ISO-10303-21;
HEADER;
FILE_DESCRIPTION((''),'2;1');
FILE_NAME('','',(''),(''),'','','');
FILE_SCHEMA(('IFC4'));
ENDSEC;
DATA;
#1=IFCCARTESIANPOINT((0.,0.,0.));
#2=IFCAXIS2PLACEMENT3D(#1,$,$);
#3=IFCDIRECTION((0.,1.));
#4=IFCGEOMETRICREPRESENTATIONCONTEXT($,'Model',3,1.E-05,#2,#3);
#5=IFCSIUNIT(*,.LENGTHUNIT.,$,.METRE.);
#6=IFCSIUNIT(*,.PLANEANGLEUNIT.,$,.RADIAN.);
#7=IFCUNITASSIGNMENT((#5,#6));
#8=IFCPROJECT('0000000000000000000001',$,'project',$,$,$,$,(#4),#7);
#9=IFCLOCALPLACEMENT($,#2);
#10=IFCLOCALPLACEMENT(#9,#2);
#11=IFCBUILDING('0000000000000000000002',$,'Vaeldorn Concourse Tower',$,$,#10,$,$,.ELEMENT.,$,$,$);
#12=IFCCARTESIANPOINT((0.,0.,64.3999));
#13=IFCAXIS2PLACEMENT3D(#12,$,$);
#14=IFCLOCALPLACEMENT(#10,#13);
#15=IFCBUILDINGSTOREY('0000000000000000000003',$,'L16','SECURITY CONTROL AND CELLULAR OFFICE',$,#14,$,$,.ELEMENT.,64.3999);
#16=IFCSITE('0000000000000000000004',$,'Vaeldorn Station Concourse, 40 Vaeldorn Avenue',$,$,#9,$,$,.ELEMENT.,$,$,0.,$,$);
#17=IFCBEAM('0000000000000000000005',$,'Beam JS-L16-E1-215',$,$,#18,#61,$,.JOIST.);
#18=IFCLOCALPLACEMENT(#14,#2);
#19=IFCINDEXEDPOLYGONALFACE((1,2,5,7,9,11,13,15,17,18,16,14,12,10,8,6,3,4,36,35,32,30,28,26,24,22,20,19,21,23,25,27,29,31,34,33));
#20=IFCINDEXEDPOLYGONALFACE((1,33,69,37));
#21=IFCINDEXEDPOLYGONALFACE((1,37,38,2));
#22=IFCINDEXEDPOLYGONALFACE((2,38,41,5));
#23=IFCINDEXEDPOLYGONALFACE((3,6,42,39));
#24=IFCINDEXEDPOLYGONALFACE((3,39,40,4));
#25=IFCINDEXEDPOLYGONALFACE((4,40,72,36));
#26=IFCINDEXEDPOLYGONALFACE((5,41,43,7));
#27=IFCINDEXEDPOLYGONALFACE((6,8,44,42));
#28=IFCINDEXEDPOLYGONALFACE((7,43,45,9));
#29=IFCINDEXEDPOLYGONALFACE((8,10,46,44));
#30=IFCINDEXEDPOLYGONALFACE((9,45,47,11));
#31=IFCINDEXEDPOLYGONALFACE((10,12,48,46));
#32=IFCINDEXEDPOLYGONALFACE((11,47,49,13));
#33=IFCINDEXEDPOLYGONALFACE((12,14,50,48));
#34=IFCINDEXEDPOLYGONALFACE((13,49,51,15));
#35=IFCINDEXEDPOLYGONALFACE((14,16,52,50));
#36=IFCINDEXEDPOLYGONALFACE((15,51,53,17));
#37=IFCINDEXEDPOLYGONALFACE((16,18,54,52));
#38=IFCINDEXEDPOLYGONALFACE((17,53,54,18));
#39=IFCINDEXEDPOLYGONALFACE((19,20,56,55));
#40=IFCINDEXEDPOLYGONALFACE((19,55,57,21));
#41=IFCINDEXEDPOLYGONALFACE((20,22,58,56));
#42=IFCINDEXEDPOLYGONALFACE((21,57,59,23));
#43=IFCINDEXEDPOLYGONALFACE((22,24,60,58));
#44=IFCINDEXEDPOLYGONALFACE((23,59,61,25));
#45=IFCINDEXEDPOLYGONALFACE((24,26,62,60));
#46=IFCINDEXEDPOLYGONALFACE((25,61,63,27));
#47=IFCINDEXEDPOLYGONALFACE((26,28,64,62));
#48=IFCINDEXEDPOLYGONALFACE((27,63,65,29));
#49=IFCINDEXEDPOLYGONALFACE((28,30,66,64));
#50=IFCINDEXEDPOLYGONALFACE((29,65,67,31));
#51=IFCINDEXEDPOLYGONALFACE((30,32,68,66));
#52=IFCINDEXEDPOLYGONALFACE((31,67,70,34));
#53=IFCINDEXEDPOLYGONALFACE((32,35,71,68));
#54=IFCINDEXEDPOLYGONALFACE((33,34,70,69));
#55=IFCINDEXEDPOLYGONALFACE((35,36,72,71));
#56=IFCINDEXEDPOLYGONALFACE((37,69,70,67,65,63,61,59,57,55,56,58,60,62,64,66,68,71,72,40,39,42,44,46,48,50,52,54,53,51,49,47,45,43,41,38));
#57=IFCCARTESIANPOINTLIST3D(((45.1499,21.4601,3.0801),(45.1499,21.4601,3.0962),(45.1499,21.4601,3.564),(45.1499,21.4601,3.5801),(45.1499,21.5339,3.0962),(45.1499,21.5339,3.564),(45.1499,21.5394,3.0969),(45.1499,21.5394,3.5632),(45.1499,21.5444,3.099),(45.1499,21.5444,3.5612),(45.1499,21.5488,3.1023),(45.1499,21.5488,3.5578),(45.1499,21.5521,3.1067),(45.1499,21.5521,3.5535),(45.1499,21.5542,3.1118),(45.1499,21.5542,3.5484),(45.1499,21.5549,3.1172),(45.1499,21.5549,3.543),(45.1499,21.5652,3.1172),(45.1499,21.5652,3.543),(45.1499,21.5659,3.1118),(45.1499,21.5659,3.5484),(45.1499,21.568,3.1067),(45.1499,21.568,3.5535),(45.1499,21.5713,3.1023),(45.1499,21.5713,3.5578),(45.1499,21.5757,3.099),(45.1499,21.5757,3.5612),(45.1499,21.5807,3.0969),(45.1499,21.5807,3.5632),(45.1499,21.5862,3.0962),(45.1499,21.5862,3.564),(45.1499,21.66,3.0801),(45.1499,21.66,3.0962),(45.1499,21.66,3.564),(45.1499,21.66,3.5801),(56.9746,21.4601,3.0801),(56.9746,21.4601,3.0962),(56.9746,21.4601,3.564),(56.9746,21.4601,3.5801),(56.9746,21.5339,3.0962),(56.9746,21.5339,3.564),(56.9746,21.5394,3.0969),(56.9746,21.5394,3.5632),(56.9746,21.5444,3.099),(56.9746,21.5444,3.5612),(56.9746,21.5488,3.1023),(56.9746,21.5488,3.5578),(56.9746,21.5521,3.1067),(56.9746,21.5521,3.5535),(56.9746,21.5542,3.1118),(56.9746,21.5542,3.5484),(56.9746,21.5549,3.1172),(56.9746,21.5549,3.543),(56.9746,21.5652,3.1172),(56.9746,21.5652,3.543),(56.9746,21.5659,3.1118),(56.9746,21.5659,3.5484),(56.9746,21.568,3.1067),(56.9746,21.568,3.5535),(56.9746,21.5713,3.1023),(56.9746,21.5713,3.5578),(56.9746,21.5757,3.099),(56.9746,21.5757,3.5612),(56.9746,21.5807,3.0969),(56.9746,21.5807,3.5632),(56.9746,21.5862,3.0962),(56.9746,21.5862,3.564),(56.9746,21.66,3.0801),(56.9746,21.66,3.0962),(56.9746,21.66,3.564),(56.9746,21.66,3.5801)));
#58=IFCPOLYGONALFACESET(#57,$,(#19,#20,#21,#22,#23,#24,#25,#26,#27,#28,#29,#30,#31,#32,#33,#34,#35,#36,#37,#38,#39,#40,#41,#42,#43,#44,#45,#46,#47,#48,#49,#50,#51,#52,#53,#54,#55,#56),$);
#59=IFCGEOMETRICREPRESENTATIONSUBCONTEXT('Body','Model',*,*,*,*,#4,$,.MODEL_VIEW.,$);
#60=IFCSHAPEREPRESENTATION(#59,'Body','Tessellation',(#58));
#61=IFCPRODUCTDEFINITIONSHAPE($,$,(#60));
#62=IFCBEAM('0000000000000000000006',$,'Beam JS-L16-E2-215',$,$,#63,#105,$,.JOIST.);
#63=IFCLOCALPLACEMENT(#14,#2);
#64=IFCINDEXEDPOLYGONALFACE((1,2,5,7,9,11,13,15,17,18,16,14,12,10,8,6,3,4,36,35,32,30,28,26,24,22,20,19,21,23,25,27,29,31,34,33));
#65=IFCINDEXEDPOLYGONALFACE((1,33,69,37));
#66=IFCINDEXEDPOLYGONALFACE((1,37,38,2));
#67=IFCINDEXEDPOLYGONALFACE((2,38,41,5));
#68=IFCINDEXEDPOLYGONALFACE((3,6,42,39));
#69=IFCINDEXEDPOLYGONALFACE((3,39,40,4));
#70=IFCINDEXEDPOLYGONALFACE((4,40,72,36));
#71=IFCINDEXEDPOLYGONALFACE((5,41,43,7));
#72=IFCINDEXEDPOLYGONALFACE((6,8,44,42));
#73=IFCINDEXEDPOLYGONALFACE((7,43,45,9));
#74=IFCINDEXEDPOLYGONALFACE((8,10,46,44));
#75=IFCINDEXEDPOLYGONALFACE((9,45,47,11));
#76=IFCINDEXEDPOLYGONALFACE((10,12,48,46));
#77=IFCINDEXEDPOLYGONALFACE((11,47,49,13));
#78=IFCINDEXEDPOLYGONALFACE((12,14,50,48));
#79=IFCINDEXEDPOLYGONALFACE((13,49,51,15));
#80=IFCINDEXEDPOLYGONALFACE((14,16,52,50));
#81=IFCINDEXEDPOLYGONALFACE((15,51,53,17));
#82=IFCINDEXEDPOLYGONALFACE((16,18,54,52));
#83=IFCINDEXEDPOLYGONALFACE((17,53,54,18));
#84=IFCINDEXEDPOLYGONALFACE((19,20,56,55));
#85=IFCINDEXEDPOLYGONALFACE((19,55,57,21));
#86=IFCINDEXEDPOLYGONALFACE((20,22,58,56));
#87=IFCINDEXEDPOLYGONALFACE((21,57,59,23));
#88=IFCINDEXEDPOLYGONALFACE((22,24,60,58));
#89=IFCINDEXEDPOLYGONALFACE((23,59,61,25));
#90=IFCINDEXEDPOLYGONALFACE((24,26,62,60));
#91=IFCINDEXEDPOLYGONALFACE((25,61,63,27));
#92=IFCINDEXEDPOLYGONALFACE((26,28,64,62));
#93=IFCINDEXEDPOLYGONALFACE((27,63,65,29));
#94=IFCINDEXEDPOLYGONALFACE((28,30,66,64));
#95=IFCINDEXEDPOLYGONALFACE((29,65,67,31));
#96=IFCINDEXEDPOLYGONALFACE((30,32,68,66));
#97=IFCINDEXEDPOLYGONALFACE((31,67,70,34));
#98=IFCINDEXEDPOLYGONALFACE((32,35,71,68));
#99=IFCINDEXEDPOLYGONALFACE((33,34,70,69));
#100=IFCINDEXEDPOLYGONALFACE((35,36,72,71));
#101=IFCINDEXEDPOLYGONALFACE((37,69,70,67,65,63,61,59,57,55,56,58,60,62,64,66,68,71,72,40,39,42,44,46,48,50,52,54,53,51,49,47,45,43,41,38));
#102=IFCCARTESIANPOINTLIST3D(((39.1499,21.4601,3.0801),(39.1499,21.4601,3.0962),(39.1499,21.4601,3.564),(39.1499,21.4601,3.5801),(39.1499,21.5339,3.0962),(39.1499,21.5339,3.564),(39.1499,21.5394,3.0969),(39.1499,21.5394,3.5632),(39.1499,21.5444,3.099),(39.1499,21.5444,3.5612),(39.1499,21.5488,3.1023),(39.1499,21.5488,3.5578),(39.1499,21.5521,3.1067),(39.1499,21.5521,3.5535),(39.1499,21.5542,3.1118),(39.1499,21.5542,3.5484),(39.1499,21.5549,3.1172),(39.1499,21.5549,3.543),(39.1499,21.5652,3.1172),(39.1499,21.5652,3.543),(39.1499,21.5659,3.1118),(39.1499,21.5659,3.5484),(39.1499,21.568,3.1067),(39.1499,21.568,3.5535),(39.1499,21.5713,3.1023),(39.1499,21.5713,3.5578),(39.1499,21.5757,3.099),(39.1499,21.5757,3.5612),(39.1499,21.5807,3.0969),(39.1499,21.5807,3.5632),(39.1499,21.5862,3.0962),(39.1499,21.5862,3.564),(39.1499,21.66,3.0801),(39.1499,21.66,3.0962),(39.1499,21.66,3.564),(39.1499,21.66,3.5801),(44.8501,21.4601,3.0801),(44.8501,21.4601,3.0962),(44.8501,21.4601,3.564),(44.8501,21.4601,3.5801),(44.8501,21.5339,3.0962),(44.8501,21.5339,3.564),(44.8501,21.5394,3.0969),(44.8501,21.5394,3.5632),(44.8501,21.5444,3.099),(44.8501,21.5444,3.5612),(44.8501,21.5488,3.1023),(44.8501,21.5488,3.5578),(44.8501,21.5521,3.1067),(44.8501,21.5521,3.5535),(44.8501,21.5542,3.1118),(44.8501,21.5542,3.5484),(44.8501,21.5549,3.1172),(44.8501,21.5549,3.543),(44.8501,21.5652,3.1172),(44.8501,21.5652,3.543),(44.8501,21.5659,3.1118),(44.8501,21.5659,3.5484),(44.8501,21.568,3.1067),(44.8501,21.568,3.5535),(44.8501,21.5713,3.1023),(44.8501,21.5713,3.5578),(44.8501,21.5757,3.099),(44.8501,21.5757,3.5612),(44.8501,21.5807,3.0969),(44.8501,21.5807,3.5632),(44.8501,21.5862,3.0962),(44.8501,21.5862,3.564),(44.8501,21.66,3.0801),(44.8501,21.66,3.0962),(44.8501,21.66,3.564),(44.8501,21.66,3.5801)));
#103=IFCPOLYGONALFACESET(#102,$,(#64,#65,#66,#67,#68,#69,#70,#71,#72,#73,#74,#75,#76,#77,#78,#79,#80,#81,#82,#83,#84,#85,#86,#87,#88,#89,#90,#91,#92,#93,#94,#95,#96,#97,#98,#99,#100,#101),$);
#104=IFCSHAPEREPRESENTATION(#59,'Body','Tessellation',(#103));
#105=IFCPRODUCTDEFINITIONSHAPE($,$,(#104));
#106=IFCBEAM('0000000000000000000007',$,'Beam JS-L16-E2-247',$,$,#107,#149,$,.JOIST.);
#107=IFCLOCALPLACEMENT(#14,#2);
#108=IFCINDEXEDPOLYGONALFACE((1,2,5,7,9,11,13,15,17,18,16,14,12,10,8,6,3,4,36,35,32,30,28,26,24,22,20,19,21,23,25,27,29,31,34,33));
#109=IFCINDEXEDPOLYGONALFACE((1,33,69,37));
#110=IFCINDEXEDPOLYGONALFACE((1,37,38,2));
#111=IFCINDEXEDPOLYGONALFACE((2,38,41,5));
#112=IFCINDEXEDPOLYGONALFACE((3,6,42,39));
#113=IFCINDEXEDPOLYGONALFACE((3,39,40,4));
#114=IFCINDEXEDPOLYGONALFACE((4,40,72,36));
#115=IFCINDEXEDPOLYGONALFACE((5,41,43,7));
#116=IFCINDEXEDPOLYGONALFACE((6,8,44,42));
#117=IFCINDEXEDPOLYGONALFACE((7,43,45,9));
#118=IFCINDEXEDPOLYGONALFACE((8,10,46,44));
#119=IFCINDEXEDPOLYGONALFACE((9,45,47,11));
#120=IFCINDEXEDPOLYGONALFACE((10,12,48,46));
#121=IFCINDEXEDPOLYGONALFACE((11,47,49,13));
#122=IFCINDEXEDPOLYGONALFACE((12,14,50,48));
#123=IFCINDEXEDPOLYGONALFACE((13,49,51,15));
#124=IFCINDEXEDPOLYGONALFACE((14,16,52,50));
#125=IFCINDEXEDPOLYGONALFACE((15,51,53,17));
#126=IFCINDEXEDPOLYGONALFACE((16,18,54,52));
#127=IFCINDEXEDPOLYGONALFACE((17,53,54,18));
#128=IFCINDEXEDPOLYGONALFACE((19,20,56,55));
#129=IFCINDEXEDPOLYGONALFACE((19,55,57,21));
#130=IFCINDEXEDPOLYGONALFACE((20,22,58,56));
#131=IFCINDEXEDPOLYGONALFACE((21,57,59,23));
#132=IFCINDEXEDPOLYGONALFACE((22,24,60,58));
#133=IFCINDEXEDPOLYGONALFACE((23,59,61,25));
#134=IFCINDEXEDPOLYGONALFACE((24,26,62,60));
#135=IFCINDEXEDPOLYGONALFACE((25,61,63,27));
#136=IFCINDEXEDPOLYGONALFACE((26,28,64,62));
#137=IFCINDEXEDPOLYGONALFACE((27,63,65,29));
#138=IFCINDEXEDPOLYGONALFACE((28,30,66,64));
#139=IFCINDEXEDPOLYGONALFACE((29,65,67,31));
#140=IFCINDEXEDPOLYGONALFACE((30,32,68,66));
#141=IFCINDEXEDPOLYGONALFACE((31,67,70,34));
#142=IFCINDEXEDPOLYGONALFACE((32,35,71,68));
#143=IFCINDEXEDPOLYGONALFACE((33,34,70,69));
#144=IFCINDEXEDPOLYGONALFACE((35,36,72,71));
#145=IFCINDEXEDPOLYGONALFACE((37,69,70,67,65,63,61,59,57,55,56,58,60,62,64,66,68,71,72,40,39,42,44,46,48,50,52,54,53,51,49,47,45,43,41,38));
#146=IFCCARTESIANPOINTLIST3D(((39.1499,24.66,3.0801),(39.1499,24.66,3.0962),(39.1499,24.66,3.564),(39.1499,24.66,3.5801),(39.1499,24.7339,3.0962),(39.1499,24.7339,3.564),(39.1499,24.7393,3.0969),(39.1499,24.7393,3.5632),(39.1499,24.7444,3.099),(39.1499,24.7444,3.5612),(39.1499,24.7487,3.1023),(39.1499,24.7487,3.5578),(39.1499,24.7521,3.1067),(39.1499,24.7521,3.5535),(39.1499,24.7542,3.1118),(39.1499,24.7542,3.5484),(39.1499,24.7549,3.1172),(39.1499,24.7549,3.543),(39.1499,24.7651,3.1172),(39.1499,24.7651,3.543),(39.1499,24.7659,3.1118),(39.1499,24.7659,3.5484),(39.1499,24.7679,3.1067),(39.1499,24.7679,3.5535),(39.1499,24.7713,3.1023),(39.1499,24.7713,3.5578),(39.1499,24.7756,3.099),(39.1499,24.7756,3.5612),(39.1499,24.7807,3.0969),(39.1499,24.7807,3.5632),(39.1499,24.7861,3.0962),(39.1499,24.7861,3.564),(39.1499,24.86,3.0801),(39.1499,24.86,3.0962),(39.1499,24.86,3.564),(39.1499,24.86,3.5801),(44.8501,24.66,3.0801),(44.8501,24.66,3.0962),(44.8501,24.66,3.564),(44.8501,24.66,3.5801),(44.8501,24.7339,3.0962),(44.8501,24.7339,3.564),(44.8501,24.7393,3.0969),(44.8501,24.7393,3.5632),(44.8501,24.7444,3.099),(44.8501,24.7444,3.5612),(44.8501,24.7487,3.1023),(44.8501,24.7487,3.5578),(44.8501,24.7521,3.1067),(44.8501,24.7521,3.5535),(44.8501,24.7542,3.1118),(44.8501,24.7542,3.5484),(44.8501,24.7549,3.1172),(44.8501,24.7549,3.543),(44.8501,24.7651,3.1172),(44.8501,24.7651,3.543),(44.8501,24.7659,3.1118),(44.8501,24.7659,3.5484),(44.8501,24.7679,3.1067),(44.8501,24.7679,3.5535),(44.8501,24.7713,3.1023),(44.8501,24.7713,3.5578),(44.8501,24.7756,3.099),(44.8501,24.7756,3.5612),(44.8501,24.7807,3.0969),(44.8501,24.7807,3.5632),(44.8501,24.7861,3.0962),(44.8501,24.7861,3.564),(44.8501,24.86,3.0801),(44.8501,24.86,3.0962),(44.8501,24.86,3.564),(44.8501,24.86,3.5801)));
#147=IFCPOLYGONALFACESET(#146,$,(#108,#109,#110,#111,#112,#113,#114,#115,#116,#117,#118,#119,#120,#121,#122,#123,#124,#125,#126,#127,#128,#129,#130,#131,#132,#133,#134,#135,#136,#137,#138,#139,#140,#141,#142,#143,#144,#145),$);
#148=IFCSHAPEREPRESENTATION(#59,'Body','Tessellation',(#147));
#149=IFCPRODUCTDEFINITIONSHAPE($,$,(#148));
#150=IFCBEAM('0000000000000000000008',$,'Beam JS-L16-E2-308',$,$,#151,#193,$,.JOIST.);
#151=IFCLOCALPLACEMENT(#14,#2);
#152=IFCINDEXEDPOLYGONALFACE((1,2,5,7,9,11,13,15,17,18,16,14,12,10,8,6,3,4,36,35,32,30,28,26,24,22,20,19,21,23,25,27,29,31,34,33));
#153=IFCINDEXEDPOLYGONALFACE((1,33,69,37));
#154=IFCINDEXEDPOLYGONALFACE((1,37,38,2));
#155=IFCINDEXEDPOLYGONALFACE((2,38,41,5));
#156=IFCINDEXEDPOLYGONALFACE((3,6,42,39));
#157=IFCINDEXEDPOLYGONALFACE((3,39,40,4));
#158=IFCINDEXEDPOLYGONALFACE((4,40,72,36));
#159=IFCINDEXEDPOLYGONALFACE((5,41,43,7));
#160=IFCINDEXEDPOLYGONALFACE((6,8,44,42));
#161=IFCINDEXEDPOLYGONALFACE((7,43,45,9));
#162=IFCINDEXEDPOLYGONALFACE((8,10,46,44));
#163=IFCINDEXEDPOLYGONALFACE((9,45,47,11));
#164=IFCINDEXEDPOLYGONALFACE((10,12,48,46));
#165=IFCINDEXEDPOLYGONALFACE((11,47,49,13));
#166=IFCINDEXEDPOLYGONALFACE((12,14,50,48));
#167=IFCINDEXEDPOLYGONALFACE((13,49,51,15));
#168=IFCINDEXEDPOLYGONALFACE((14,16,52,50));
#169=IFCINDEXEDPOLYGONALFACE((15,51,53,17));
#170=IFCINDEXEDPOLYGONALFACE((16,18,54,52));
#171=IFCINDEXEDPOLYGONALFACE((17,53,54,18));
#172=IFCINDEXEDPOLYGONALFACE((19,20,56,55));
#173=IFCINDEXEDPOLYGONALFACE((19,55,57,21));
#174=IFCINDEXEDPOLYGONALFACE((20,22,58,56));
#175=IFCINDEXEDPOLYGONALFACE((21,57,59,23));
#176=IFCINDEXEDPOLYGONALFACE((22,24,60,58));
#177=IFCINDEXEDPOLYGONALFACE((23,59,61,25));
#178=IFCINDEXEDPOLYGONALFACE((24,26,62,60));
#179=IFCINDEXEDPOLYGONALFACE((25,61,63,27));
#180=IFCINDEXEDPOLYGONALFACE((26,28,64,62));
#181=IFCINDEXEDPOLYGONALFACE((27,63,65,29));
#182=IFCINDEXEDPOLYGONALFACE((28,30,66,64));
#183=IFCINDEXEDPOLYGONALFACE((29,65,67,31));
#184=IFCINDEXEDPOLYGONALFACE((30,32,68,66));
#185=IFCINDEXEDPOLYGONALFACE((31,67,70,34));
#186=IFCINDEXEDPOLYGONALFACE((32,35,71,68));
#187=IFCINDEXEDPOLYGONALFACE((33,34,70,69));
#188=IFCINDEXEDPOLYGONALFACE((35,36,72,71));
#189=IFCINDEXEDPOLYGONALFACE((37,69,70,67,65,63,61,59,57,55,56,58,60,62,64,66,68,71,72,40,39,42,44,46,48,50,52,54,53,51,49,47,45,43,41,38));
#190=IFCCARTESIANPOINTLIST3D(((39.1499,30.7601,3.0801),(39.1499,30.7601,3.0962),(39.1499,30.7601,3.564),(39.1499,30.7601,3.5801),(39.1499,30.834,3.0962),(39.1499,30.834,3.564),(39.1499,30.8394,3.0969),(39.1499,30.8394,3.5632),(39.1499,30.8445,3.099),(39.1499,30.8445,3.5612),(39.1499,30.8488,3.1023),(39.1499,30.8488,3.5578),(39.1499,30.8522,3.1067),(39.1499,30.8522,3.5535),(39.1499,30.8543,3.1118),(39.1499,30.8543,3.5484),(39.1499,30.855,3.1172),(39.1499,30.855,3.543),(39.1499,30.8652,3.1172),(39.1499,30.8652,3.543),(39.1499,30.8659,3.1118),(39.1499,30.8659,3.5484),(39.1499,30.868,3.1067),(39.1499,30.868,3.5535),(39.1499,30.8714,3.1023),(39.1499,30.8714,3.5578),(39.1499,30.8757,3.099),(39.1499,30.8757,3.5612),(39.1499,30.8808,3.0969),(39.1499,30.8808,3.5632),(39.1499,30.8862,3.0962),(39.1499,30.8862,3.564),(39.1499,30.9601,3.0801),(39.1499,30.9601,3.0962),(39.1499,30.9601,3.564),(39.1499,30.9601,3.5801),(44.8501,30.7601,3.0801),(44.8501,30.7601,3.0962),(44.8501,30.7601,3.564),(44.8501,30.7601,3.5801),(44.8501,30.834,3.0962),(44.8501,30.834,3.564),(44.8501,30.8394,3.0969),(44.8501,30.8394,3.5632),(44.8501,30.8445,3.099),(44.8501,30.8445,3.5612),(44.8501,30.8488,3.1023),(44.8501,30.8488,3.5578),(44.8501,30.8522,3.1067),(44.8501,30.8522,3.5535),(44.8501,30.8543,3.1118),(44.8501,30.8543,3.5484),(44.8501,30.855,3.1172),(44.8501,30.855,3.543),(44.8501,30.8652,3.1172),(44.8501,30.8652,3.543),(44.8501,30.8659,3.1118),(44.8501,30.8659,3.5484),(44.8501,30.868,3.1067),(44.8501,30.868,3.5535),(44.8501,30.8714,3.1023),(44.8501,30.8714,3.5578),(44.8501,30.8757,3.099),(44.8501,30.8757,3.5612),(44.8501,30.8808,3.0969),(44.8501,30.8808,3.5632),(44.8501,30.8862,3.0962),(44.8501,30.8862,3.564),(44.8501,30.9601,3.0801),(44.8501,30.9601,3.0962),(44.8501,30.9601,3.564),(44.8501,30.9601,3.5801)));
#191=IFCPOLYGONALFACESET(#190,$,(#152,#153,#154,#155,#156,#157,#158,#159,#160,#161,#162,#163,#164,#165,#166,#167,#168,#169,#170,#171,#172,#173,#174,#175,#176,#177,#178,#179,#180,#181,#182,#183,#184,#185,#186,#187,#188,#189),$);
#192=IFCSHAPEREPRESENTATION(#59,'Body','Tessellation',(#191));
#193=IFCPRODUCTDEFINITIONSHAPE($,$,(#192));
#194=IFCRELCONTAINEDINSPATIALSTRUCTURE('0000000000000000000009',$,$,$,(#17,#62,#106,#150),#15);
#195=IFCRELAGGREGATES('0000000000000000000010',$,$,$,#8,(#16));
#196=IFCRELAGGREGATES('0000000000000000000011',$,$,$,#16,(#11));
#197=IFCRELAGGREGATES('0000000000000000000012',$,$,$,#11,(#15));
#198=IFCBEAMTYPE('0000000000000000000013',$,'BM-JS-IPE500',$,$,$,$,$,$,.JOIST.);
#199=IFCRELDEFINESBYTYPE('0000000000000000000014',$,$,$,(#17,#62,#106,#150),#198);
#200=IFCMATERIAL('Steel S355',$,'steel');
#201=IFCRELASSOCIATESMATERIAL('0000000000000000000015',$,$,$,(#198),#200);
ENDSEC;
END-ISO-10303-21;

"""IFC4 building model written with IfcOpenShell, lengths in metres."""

from ifc_helpers import new_model, si_unit, direction, frame, origin, origin_2d, place, context, subcontext, project, spatial, i_section, extrude, source, transform, mapped, material, material_profile, profile_set, type_object, element, save


model = new_model("IFC4")

# Units and contexts
model_context = context("Model", 3, precision=1e-05, world=origin(), true_north=direction((0.0, 1.0)))
body_context = subcontext(model_context, "Body", "Model", "MODEL_VIEW")
ifc_project = project(units=[si_unit("LENGTHUNIT", "METRE"), si_unit("PLANEANGLEUNIT", "RADIAN")], contexts=[model_context])

# Site, building, storey
site_placement = place(None, origin())
site = spatial("IfcSite", under=ifc_project, at=site_placement, Name="Vaeldorn Station Concourse, 40 Vaeldorn Avenue", CompositionType="ELEMENT", RefElevation=0.0)
building_placement = place(site_placement, origin())
building = spatial("IfcBuilding", under=site, at=building_placement, Name="Vaeldorn Concourse Tower", CompositionType="ELEMENT")
storey_placement = place(building_placement, frame((0.0, 0.0, 64.3999)))
storey = spatial("IfcBuildingStorey", under=building, at=storey_placement, Name="L16", Description="SECURITY CONTROL AND CELLULAR OFFICE", CompositionType="ELEMENT", Elevation=64.3999)

# Beams
ifc_material_1 = material(Name="Steel S355", Category="steel")
ifc_material_profile_1 = material_profile(ifc_material_1, i_section(OverallWidth=0.2, OverallDepth=0.5, WebThickness=0.0103, FlangeThickness=0.0161, FilletRadius=0.021, at=origin_2d()), Name="IPE 500")
ifc_profile_set_1 = profile_set([ifc_material_profile_1], Name="Steel S355")
beam_type_1 = type_object("IfcBeamType", Name="BM-JS-IPE500", PredefinedType="JOIST", material=ifc_profile_set_1)
shared_shape_1 = source(origin(), body_context, "Body", "SweptSolid", [
    extrude(i_section(OverallWidth=0.2, OverallDepth=0.5, WebThickness=0.0103, FlangeThickness=0.0161, FilletRadius=0.021, at=origin_2d()), origin(), (0.0, 0.0, 1.0), 11.8247),
])
beam_1_placement = place(storey_placement, frame((45.1499, 21.5601, 3.3301), z_axis=(1.0, 0.0, 0.0), x_axis=(0.0, 1.0, 0.0)))
element("IfcBeam", 1, at=beam_1_placement, inside=storey, type_object=beam_type_1, Name="Beam JS-L16-E1-215", PredefinedType="JOIST", context=body_context, shape_type="MappedRepresentation", body=[
    mapped(shared_shape_1, transform((0.0, 0.0, 0.0), scale=1.0)),
])
shared_shape_2 = source(origin(), body_context, "Body", "SweptSolid", [
    extrude(i_section(OverallWidth=0.2, OverallDepth=0.5, WebThickness=0.0103, FlangeThickness=0.0161, FilletRadius=0.021, at=origin_2d()), origin(), (0.0, 0.0, 1.0), 5.7002),
])
for number, where, z_axis, x_axis, name in (
    (2, (39.1499, 21.5601, 3.3301), (1.0, 0.0, 0.0), (0.0, 1.0, 0.0), "Beam JS-L16-E2-215"),
    (3, (39.1499, 24.76, 3.3301), (1.0, 0.0, 0.0), (0.0, 1.0, 0.0), "Beam JS-L16-E2-247"),
    (4, (39.1499, 30.8601, 3.3301), (1.0, 0.0, 0.0), (0.0, 1.0, 0.0), "Beam JS-L16-E2-308"),
):
    element("IfcBeam", number, at=place(storey_placement, frame(where, z_axis=z_axis, x_axis=x_axis)), inside=storey, type_object=beam_type_1, Name=name, PredefinedType="JOIST", context=body_context, shape_type="MappedRepresentation", body=[
        mapped(shared_shape_2, transform((0.0, 0.0, 0.0), scale=1.0)),
    ])

save(model, "model.ifc")
